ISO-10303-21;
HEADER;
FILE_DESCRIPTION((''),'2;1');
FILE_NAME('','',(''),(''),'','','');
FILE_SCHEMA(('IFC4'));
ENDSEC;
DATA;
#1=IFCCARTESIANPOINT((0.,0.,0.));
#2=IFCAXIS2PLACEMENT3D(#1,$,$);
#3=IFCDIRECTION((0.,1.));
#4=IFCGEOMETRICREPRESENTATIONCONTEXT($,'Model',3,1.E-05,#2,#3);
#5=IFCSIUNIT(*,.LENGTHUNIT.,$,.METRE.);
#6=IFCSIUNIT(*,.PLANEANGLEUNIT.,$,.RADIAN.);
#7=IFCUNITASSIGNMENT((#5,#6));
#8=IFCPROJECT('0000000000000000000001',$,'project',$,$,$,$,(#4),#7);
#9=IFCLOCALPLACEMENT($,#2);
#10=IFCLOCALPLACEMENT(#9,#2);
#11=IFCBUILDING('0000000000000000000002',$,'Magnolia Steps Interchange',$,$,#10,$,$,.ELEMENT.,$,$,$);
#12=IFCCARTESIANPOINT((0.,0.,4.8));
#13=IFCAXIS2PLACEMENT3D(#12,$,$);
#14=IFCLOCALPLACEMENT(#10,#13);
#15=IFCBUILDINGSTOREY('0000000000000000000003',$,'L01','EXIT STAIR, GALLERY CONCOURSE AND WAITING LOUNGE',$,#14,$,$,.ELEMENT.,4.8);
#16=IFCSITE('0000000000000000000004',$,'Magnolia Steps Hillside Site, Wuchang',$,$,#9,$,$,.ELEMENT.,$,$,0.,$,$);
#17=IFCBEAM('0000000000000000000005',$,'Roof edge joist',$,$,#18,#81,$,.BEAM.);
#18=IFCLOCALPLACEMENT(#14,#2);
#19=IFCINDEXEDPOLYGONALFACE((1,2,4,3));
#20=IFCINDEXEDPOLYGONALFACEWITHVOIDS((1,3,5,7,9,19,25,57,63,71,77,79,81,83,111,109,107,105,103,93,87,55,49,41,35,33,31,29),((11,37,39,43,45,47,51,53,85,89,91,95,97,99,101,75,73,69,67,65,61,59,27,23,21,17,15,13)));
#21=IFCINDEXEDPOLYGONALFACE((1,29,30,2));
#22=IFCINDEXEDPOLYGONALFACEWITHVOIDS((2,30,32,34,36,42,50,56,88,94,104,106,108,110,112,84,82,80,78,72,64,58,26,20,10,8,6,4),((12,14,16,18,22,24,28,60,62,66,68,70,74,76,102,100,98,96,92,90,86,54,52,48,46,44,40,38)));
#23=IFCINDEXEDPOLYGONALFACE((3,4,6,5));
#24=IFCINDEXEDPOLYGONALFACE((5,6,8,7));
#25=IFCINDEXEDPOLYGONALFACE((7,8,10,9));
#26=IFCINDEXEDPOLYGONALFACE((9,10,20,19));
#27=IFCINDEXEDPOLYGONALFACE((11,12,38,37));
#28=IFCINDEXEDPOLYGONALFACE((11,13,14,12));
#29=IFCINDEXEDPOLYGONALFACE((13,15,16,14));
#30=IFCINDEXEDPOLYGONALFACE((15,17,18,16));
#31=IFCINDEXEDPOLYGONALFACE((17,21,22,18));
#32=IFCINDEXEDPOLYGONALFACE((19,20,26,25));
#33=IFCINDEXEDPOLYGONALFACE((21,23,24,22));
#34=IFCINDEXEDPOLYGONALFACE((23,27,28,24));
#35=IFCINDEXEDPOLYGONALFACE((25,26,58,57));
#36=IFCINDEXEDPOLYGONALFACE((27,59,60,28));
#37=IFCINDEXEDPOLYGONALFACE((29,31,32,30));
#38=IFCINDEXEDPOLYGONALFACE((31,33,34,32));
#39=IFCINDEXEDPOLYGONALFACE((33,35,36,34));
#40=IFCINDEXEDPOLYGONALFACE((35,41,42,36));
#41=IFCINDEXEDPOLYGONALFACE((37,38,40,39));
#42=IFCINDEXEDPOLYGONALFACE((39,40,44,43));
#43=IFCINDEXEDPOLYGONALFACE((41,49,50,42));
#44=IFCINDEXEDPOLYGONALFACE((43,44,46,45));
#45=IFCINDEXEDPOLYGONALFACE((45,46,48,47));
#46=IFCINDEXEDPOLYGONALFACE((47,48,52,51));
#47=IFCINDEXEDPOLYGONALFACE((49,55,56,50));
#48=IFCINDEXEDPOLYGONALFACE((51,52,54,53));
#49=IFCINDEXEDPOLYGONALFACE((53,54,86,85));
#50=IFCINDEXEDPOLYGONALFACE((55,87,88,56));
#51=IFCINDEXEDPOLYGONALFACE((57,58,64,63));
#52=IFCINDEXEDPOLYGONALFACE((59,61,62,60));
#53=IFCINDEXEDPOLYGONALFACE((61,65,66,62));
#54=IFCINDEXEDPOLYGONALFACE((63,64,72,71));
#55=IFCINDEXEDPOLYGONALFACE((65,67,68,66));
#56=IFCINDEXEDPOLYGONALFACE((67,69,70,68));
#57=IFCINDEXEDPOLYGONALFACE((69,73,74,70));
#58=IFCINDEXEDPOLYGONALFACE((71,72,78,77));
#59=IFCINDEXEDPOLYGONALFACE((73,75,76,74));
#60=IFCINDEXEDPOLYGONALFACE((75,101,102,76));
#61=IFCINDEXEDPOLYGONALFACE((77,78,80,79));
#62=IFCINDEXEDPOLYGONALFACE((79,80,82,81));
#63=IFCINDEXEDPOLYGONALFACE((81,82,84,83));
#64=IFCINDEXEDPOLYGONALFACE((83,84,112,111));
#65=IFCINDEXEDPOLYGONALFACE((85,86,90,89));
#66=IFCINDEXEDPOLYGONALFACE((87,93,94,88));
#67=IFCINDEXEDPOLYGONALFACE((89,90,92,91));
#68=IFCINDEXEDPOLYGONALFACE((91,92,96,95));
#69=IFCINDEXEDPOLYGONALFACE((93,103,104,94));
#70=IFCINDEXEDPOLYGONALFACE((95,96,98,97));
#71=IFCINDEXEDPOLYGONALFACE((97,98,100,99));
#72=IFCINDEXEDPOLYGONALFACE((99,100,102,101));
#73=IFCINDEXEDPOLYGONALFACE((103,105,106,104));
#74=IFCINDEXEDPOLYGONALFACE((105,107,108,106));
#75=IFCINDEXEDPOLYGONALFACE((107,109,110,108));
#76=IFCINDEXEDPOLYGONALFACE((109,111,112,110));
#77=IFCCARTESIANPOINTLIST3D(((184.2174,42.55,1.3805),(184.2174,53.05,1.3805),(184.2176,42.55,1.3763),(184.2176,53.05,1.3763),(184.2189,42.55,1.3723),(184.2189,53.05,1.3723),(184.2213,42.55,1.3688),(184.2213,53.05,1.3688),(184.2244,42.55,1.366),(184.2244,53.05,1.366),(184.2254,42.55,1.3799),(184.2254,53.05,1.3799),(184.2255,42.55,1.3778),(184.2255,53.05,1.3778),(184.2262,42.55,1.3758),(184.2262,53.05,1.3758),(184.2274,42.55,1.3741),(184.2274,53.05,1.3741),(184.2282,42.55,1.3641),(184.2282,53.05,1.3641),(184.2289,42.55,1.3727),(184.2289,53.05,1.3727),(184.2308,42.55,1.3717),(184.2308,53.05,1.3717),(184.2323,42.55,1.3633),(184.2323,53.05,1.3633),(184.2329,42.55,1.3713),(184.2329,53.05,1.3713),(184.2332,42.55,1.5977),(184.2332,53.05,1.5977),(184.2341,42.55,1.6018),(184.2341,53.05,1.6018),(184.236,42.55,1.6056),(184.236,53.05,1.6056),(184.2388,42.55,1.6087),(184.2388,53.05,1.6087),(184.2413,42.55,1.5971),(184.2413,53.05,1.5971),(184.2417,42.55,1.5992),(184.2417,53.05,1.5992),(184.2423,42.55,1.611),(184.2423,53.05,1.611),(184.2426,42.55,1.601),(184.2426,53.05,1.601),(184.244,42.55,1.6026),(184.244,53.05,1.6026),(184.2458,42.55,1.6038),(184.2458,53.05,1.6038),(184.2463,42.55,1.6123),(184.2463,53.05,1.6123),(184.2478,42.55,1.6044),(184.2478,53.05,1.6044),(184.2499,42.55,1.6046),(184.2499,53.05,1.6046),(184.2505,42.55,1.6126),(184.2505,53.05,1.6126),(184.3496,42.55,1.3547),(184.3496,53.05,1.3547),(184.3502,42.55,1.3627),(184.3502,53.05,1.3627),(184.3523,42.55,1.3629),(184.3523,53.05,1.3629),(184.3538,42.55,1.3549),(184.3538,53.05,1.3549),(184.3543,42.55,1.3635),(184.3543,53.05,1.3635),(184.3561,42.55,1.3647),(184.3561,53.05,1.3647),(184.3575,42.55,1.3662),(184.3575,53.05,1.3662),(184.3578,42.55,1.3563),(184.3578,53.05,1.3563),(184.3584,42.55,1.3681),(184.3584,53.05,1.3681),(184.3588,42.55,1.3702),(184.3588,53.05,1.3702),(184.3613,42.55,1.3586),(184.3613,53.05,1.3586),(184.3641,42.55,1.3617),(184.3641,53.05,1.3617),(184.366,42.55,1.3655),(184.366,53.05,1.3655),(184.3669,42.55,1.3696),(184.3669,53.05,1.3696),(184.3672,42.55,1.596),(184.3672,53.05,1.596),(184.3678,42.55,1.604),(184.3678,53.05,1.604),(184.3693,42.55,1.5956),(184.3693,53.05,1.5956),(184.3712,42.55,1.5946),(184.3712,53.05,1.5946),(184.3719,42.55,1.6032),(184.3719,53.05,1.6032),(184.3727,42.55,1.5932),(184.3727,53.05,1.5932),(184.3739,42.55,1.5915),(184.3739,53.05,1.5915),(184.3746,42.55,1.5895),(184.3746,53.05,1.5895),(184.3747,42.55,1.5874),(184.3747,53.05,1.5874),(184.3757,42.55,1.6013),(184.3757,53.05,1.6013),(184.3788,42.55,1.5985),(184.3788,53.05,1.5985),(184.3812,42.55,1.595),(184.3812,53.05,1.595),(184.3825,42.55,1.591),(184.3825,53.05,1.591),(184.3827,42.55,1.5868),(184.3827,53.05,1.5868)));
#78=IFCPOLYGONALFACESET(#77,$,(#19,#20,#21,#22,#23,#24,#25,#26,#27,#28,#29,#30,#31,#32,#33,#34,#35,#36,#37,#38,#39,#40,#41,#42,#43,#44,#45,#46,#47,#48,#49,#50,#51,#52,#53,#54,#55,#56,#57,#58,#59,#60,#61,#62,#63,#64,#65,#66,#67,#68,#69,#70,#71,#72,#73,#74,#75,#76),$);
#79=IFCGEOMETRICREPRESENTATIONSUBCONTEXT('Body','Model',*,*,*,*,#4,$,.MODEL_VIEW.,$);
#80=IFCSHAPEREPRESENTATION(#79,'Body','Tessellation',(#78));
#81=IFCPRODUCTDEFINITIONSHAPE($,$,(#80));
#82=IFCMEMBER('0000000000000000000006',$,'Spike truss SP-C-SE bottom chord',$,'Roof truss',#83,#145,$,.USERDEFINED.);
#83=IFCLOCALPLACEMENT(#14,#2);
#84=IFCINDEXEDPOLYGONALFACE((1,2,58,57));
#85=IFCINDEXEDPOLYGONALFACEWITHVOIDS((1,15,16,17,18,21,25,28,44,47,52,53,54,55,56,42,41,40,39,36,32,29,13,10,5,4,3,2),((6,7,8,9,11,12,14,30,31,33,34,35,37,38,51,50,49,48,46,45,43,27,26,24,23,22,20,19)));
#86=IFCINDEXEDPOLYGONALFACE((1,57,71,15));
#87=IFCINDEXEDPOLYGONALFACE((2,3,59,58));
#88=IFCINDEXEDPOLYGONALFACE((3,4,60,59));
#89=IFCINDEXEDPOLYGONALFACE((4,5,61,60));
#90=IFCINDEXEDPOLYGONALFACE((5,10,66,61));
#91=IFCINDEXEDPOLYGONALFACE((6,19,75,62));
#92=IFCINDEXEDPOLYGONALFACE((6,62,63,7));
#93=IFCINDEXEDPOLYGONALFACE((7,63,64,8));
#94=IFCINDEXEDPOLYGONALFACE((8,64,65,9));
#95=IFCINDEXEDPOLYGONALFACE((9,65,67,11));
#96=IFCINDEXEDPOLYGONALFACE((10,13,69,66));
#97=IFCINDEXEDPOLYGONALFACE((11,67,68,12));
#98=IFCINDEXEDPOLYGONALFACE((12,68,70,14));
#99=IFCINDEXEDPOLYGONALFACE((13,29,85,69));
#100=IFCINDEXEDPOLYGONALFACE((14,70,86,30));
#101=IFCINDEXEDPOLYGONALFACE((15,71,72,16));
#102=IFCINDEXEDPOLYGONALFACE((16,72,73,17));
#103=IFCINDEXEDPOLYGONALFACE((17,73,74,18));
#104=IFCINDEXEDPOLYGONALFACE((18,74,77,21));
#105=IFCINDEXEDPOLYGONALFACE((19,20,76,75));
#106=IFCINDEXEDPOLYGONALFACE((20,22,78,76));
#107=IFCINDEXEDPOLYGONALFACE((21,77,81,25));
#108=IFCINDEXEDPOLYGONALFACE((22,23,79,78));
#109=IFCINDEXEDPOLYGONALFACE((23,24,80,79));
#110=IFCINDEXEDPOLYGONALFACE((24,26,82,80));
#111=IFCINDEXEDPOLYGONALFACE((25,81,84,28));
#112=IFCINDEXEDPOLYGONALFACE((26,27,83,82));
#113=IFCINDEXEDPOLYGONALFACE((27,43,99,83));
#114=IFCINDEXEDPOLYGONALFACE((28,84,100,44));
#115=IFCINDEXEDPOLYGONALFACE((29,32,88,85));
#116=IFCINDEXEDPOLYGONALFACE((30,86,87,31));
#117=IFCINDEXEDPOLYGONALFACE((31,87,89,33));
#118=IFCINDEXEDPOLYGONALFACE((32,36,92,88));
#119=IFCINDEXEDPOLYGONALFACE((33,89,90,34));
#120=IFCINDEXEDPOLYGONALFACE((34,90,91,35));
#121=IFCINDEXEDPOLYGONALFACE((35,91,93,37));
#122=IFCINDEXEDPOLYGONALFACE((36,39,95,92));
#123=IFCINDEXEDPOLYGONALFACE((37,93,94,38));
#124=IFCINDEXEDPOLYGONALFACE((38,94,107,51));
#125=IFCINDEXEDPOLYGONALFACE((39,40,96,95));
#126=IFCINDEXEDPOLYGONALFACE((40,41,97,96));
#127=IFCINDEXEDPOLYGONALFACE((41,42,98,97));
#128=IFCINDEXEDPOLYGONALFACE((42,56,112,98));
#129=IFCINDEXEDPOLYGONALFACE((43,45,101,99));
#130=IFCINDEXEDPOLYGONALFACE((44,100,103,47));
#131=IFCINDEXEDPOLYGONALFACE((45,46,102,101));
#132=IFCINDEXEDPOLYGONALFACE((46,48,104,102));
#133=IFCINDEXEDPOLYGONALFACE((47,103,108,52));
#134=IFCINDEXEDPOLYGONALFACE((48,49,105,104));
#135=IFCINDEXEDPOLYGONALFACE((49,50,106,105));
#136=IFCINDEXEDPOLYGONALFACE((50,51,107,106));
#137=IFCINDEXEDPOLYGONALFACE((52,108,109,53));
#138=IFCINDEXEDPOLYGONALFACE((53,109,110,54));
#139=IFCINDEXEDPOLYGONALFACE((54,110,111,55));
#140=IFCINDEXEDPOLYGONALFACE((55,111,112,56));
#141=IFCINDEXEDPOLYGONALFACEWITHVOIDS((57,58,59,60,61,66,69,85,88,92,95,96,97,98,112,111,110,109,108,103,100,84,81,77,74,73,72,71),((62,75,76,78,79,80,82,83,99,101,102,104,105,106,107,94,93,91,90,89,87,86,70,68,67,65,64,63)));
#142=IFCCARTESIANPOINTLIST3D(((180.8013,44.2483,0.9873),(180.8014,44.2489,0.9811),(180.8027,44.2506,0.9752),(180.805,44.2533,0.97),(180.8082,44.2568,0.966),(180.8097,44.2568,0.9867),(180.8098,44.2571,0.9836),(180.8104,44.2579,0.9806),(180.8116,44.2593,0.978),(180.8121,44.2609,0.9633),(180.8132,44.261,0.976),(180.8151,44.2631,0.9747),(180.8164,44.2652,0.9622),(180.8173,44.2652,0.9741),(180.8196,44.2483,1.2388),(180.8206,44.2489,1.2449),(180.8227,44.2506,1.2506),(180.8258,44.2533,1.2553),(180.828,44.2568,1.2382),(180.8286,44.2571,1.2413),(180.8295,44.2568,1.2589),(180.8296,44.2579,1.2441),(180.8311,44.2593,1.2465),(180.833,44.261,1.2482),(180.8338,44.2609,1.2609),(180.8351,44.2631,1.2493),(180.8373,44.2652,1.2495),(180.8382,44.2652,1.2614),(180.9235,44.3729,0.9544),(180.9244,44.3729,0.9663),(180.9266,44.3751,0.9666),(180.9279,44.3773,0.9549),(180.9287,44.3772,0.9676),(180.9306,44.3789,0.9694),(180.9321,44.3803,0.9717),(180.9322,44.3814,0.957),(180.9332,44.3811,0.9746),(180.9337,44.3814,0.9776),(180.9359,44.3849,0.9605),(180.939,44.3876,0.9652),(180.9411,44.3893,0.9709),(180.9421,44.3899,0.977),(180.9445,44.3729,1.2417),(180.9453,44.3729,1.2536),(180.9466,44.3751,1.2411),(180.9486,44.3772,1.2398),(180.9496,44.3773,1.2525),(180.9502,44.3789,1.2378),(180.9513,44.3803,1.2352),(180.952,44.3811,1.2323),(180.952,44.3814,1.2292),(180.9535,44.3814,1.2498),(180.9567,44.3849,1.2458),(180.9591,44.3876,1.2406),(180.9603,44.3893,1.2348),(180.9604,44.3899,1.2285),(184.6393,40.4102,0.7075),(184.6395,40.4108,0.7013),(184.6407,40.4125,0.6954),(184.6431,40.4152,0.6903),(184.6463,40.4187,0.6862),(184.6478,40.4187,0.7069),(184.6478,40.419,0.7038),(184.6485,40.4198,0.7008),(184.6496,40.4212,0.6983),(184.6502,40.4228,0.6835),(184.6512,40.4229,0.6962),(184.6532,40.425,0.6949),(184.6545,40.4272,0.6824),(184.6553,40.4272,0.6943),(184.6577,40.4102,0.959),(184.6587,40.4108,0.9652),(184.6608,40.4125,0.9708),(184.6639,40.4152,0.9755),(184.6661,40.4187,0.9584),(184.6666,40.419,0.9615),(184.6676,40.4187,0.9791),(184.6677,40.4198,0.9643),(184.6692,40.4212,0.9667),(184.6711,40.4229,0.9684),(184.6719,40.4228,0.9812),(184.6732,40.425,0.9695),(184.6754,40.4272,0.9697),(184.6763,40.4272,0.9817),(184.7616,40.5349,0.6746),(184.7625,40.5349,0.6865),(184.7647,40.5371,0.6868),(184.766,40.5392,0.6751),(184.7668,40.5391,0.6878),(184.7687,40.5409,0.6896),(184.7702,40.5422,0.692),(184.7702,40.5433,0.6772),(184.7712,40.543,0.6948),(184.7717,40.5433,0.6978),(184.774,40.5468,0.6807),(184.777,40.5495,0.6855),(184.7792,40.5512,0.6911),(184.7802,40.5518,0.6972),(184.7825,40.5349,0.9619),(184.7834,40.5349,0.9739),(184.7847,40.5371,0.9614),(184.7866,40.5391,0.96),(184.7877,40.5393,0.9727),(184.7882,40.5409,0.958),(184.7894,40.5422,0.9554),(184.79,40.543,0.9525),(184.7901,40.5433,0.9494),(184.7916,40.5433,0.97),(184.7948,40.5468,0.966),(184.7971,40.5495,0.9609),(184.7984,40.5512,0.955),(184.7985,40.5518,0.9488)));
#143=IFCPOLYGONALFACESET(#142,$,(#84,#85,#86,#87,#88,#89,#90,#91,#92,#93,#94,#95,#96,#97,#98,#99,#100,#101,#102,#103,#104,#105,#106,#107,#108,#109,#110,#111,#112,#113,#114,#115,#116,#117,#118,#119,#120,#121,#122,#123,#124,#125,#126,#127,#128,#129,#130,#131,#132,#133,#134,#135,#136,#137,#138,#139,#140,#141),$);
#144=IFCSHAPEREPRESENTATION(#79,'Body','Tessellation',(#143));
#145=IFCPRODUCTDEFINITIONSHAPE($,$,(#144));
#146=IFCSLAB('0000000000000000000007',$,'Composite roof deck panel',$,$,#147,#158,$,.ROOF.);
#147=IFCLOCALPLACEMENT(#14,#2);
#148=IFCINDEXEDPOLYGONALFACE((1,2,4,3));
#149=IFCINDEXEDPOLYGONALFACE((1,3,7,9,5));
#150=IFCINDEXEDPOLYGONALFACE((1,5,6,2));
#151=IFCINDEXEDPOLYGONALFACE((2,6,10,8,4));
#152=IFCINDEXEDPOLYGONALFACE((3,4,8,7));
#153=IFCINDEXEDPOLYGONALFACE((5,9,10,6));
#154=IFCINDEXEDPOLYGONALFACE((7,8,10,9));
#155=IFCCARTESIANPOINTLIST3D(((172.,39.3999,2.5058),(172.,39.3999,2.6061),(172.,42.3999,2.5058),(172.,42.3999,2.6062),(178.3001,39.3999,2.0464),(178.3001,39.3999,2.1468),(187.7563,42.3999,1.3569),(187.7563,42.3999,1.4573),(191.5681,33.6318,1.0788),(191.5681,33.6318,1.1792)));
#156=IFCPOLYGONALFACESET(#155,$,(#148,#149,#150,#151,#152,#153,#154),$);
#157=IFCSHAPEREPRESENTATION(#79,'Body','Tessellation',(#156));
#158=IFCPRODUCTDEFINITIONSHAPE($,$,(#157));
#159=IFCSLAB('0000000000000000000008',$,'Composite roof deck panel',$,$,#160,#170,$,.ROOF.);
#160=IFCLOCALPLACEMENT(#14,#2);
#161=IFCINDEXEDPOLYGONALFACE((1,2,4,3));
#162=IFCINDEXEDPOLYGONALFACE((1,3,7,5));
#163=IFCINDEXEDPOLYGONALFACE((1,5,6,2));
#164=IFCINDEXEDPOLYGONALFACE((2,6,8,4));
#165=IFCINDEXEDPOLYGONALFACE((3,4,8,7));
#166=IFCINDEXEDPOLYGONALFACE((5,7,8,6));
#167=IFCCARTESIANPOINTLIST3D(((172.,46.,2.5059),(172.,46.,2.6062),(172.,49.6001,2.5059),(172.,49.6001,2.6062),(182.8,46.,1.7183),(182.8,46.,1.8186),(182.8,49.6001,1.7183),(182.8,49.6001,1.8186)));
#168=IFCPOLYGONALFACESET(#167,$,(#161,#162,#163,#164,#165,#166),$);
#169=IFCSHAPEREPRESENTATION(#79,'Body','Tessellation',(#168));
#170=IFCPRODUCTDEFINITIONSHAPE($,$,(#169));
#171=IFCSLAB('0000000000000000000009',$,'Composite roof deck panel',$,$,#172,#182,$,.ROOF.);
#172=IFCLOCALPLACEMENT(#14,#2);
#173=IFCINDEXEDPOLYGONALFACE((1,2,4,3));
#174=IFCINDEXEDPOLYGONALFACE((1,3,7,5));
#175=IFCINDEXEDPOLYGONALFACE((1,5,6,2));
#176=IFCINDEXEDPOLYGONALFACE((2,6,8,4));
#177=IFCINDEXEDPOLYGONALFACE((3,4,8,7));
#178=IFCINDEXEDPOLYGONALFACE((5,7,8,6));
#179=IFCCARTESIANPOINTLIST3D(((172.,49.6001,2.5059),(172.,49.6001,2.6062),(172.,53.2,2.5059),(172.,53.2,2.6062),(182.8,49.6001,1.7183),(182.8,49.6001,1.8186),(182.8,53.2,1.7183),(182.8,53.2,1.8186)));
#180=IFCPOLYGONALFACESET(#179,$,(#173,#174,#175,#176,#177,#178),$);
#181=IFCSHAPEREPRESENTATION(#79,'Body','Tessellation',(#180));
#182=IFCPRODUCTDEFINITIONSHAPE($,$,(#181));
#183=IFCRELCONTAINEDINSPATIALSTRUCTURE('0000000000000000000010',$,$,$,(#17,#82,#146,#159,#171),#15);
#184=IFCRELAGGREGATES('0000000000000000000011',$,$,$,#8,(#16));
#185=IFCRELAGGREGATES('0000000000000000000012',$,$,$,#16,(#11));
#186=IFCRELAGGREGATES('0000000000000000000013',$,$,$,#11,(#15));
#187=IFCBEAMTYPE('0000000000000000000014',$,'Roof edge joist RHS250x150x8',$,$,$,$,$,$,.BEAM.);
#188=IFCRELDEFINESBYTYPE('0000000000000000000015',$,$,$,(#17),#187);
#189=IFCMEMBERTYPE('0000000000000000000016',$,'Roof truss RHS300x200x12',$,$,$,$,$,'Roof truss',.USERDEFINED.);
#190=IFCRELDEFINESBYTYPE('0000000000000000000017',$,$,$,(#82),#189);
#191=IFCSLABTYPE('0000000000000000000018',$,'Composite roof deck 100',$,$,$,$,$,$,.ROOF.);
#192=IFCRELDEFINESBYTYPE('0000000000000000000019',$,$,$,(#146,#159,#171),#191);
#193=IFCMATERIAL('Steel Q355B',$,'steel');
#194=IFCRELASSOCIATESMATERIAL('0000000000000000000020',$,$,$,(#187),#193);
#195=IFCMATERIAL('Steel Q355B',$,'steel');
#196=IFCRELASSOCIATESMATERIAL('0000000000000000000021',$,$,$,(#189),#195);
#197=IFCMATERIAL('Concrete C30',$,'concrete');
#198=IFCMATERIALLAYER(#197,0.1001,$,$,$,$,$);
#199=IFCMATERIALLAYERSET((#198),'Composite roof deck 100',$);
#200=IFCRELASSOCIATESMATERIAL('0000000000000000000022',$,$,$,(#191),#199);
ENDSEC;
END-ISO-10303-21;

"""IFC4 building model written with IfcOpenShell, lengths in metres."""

from ifc_helpers import new_model, si_unit, direction, frame, origin, origin_2d, place, context, subcontext, project, spatial, polyline, hollow_rectangle, outline, extrude, material, layer, layer_set, material_profile, profile_set, type_object, element, save


model = new_model("IFC4")

# Units and contexts
model_context = context("Model", 3, precision=1e-05, world=origin(), true_north=direction((0.0, 1.0)))
body_context = subcontext(model_context, "Body", "Model", "MODEL_VIEW")
ifc_project = project(units=[si_unit("LENGTHUNIT", "METRE"), si_unit("PLANEANGLEUNIT", "RADIAN")], contexts=[model_context])

# Site, building, storey
site_placement = place(None, origin())
site = spatial("IfcSite", under=ifc_project, at=site_placement, Name="Magnolia Steps Hillside Site, Wuchang", CompositionType="ELEMENT", RefElevation=0.0)
building_placement = place(site_placement, origin())
building = spatial("IfcBuilding", under=site, at=building_placement, Name="Magnolia Steps Interchange", CompositionType="ELEMENT")
storey_placement = place(building_placement, frame((0.0, 0.0, 4.8)))
storey = spatial("IfcBuildingStorey", under=building, at=storey_placement, Name="L01", Description="EXIT STAIR, GALLERY CONCOURSE AND WAITING LOUNGE", CompositionType="ELEMENT", Elevation=4.8)

# Beam
ifc_material_1 = material(Name="Steel Q355B", Category="steel")
ifc_material_profile_1 = material_profile(ifc_material_1, hollow_rectangle(XDim=0.1499, YDim=0.25, WallThickness=0.0081, InnerFilletRadius=0.0081, OuterFilletRadius=0.0161, at=origin_2d()), Name="RHS250x150x8")
ifc_profile_set_1 = profile_set([ifc_material_profile_1], Name="Steel Q355B")
beam_type_1 = type_object("IfcBeamType", Name="Roof edge joist RHS250x150x8", PredefinedType="BEAM", material=ifc_profile_set_1)
beam_1_placement = place(storey_placement, frame((184.3, 42.55, 1.4836), z_axis=(0.0, 1.0, 0.0), x_axis=(-0.997352, 0.0, 0.072724)))
element("IfcBeam", 1, at=beam_1_placement, inside=storey, type_object=beam_type_1, Name="Roof edge joist", PredefinedType="BEAM", context=body_context, shape_type="SweptSolid", body=[
    extrude(hollow_rectangle(XDim=0.1499, YDim=0.25, WallThickness=0.0081, InnerFilletRadius=0.0081, OuterFilletRadius=0.0161, at=origin_2d()), origin(), (0.0, 0.0, 1.0), 10.5),
])

# Member
ifc_material_2 = material(Name="Steel Q355B", Category="steel")
ifc_material_profile_2 = material_profile(ifc_material_2, hollow_rectangle(XDim=0.2, YDim=0.3, WallThickness=0.012, InnerFilletRadius=0.012, OuterFilletRadius=0.0239, at=origin_2d()), Name="RHS300x200x12")
ifc_profile_set_2 = profile_set([ifc_material_profile_2], Name="Steel Q355B")
member_type = type_object("IfcMemberType", Name="Roof truss RHS300x200x12", ElementType="Roof truss", PredefinedType="USERDEFINED", material=ifc_profile_set_2)
member_placement = place(storey_placement, frame((180.8809, 44.3191, 1.1079), z_axis=(0.706169, -0.706169, -0.051477), x_axis=(0.704299, 0.708043, -0.051355)))
element("IfcMember", 2, at=member_placement, inside=storey, type_object=member_type, Name="Spike truss SP-C-SE bottom chord", ObjectType="Roof truss", PredefinedType="USERDEFINED", context=body_context, shape_type="SweptSolid", body=[
    extrude(hollow_rectangle(XDim=0.2, YDim=0.3, WallThickness=0.012, InnerFilletRadius=0.012, OuterFilletRadius=0.0239, at=origin_2d()), origin(), (0.0, 0.0, 1.0), 5.4351),
])

# Slabs
ifc_material_3 = material(Name="Concrete C30", Category="concrete")
ifc_layer_1 = layer(ifc_material_3, 0.1001)
ifc_layer_set_1 = layer_set([ifc_layer_1], Name="Composite roof deck 100")
slab_type_1 = type_object("IfcSlabType", Name="Composite roof deck 100", PredefinedType="ROOF", material=ifc_layer_set_1)
slab_1_placement = place(storey_placement, frame((187.7563, 42.3999, 1.4573), z_axis=(0.072725, -0.000018, 0.997352), x_axis=(-0.997352, 0.0, 0.072725)))
element("IfcSlab", 3, at=slab_1_placement, inside=storey, type_object=slab_type_1, Name="Composite roof deck panel", PredefinedType="ROOF", context=body_context, shape_type="SweptSolid", body=[
    extrude(outline(polyline([(0.0, 0.0), (15.7982, 0.0), (15.7982, 3.0), (9.4814, 3.0), (-3.8219, 8.7681), (0.0, 0.0)])), origin(), (-0.072725, 0.000018, -0.997352), 0.1003),
])
slab_2_placement = place(storey_placement, frame((182.8, 46.0, 1.8186), z_axis=(0.072732, 0.0, 0.997352), x_axis=(0.0, 1.0, 0.0)))
element("IfcSlab", 4, at=slab_2_placement, inside=storey, type_object=slab_type_1, Name="Composite roof deck panel", PredefinedType="ROOF", context=body_context, shape_type="SweptSolid", body=[
    extrude(outline(polyline([(0.0, 0.0), (3.6001, 0.0), (3.6001, 10.8287), (0.0, 10.8287), (0.0, 0.0)])), origin(), (0.0, -0.072732, -0.997352), 0.1003),
])
slab_3_placement = place(storey_placement, frame((182.8, 49.6001, 1.8186), z_axis=(0.072732, 0.0, 0.997352), x_axis=(0.0, 1.0, 0.0)))
element("IfcSlab", 5, at=slab_3_placement, inside=storey, type_object=slab_type_1, Name="Composite roof deck panel", PredefinedType="ROOF", context=body_context, shape_type="SweptSolid", body=[
    extrude(outline(polyline([(0.0, 0.0), (3.5999, 0.0), (3.5999, 10.8287), (0.0, 10.8287), (0.0, 0.0)])), origin(), (0.0, -0.072732, -0.997352), 0.1003),
])

save(model, "model.ifc")
